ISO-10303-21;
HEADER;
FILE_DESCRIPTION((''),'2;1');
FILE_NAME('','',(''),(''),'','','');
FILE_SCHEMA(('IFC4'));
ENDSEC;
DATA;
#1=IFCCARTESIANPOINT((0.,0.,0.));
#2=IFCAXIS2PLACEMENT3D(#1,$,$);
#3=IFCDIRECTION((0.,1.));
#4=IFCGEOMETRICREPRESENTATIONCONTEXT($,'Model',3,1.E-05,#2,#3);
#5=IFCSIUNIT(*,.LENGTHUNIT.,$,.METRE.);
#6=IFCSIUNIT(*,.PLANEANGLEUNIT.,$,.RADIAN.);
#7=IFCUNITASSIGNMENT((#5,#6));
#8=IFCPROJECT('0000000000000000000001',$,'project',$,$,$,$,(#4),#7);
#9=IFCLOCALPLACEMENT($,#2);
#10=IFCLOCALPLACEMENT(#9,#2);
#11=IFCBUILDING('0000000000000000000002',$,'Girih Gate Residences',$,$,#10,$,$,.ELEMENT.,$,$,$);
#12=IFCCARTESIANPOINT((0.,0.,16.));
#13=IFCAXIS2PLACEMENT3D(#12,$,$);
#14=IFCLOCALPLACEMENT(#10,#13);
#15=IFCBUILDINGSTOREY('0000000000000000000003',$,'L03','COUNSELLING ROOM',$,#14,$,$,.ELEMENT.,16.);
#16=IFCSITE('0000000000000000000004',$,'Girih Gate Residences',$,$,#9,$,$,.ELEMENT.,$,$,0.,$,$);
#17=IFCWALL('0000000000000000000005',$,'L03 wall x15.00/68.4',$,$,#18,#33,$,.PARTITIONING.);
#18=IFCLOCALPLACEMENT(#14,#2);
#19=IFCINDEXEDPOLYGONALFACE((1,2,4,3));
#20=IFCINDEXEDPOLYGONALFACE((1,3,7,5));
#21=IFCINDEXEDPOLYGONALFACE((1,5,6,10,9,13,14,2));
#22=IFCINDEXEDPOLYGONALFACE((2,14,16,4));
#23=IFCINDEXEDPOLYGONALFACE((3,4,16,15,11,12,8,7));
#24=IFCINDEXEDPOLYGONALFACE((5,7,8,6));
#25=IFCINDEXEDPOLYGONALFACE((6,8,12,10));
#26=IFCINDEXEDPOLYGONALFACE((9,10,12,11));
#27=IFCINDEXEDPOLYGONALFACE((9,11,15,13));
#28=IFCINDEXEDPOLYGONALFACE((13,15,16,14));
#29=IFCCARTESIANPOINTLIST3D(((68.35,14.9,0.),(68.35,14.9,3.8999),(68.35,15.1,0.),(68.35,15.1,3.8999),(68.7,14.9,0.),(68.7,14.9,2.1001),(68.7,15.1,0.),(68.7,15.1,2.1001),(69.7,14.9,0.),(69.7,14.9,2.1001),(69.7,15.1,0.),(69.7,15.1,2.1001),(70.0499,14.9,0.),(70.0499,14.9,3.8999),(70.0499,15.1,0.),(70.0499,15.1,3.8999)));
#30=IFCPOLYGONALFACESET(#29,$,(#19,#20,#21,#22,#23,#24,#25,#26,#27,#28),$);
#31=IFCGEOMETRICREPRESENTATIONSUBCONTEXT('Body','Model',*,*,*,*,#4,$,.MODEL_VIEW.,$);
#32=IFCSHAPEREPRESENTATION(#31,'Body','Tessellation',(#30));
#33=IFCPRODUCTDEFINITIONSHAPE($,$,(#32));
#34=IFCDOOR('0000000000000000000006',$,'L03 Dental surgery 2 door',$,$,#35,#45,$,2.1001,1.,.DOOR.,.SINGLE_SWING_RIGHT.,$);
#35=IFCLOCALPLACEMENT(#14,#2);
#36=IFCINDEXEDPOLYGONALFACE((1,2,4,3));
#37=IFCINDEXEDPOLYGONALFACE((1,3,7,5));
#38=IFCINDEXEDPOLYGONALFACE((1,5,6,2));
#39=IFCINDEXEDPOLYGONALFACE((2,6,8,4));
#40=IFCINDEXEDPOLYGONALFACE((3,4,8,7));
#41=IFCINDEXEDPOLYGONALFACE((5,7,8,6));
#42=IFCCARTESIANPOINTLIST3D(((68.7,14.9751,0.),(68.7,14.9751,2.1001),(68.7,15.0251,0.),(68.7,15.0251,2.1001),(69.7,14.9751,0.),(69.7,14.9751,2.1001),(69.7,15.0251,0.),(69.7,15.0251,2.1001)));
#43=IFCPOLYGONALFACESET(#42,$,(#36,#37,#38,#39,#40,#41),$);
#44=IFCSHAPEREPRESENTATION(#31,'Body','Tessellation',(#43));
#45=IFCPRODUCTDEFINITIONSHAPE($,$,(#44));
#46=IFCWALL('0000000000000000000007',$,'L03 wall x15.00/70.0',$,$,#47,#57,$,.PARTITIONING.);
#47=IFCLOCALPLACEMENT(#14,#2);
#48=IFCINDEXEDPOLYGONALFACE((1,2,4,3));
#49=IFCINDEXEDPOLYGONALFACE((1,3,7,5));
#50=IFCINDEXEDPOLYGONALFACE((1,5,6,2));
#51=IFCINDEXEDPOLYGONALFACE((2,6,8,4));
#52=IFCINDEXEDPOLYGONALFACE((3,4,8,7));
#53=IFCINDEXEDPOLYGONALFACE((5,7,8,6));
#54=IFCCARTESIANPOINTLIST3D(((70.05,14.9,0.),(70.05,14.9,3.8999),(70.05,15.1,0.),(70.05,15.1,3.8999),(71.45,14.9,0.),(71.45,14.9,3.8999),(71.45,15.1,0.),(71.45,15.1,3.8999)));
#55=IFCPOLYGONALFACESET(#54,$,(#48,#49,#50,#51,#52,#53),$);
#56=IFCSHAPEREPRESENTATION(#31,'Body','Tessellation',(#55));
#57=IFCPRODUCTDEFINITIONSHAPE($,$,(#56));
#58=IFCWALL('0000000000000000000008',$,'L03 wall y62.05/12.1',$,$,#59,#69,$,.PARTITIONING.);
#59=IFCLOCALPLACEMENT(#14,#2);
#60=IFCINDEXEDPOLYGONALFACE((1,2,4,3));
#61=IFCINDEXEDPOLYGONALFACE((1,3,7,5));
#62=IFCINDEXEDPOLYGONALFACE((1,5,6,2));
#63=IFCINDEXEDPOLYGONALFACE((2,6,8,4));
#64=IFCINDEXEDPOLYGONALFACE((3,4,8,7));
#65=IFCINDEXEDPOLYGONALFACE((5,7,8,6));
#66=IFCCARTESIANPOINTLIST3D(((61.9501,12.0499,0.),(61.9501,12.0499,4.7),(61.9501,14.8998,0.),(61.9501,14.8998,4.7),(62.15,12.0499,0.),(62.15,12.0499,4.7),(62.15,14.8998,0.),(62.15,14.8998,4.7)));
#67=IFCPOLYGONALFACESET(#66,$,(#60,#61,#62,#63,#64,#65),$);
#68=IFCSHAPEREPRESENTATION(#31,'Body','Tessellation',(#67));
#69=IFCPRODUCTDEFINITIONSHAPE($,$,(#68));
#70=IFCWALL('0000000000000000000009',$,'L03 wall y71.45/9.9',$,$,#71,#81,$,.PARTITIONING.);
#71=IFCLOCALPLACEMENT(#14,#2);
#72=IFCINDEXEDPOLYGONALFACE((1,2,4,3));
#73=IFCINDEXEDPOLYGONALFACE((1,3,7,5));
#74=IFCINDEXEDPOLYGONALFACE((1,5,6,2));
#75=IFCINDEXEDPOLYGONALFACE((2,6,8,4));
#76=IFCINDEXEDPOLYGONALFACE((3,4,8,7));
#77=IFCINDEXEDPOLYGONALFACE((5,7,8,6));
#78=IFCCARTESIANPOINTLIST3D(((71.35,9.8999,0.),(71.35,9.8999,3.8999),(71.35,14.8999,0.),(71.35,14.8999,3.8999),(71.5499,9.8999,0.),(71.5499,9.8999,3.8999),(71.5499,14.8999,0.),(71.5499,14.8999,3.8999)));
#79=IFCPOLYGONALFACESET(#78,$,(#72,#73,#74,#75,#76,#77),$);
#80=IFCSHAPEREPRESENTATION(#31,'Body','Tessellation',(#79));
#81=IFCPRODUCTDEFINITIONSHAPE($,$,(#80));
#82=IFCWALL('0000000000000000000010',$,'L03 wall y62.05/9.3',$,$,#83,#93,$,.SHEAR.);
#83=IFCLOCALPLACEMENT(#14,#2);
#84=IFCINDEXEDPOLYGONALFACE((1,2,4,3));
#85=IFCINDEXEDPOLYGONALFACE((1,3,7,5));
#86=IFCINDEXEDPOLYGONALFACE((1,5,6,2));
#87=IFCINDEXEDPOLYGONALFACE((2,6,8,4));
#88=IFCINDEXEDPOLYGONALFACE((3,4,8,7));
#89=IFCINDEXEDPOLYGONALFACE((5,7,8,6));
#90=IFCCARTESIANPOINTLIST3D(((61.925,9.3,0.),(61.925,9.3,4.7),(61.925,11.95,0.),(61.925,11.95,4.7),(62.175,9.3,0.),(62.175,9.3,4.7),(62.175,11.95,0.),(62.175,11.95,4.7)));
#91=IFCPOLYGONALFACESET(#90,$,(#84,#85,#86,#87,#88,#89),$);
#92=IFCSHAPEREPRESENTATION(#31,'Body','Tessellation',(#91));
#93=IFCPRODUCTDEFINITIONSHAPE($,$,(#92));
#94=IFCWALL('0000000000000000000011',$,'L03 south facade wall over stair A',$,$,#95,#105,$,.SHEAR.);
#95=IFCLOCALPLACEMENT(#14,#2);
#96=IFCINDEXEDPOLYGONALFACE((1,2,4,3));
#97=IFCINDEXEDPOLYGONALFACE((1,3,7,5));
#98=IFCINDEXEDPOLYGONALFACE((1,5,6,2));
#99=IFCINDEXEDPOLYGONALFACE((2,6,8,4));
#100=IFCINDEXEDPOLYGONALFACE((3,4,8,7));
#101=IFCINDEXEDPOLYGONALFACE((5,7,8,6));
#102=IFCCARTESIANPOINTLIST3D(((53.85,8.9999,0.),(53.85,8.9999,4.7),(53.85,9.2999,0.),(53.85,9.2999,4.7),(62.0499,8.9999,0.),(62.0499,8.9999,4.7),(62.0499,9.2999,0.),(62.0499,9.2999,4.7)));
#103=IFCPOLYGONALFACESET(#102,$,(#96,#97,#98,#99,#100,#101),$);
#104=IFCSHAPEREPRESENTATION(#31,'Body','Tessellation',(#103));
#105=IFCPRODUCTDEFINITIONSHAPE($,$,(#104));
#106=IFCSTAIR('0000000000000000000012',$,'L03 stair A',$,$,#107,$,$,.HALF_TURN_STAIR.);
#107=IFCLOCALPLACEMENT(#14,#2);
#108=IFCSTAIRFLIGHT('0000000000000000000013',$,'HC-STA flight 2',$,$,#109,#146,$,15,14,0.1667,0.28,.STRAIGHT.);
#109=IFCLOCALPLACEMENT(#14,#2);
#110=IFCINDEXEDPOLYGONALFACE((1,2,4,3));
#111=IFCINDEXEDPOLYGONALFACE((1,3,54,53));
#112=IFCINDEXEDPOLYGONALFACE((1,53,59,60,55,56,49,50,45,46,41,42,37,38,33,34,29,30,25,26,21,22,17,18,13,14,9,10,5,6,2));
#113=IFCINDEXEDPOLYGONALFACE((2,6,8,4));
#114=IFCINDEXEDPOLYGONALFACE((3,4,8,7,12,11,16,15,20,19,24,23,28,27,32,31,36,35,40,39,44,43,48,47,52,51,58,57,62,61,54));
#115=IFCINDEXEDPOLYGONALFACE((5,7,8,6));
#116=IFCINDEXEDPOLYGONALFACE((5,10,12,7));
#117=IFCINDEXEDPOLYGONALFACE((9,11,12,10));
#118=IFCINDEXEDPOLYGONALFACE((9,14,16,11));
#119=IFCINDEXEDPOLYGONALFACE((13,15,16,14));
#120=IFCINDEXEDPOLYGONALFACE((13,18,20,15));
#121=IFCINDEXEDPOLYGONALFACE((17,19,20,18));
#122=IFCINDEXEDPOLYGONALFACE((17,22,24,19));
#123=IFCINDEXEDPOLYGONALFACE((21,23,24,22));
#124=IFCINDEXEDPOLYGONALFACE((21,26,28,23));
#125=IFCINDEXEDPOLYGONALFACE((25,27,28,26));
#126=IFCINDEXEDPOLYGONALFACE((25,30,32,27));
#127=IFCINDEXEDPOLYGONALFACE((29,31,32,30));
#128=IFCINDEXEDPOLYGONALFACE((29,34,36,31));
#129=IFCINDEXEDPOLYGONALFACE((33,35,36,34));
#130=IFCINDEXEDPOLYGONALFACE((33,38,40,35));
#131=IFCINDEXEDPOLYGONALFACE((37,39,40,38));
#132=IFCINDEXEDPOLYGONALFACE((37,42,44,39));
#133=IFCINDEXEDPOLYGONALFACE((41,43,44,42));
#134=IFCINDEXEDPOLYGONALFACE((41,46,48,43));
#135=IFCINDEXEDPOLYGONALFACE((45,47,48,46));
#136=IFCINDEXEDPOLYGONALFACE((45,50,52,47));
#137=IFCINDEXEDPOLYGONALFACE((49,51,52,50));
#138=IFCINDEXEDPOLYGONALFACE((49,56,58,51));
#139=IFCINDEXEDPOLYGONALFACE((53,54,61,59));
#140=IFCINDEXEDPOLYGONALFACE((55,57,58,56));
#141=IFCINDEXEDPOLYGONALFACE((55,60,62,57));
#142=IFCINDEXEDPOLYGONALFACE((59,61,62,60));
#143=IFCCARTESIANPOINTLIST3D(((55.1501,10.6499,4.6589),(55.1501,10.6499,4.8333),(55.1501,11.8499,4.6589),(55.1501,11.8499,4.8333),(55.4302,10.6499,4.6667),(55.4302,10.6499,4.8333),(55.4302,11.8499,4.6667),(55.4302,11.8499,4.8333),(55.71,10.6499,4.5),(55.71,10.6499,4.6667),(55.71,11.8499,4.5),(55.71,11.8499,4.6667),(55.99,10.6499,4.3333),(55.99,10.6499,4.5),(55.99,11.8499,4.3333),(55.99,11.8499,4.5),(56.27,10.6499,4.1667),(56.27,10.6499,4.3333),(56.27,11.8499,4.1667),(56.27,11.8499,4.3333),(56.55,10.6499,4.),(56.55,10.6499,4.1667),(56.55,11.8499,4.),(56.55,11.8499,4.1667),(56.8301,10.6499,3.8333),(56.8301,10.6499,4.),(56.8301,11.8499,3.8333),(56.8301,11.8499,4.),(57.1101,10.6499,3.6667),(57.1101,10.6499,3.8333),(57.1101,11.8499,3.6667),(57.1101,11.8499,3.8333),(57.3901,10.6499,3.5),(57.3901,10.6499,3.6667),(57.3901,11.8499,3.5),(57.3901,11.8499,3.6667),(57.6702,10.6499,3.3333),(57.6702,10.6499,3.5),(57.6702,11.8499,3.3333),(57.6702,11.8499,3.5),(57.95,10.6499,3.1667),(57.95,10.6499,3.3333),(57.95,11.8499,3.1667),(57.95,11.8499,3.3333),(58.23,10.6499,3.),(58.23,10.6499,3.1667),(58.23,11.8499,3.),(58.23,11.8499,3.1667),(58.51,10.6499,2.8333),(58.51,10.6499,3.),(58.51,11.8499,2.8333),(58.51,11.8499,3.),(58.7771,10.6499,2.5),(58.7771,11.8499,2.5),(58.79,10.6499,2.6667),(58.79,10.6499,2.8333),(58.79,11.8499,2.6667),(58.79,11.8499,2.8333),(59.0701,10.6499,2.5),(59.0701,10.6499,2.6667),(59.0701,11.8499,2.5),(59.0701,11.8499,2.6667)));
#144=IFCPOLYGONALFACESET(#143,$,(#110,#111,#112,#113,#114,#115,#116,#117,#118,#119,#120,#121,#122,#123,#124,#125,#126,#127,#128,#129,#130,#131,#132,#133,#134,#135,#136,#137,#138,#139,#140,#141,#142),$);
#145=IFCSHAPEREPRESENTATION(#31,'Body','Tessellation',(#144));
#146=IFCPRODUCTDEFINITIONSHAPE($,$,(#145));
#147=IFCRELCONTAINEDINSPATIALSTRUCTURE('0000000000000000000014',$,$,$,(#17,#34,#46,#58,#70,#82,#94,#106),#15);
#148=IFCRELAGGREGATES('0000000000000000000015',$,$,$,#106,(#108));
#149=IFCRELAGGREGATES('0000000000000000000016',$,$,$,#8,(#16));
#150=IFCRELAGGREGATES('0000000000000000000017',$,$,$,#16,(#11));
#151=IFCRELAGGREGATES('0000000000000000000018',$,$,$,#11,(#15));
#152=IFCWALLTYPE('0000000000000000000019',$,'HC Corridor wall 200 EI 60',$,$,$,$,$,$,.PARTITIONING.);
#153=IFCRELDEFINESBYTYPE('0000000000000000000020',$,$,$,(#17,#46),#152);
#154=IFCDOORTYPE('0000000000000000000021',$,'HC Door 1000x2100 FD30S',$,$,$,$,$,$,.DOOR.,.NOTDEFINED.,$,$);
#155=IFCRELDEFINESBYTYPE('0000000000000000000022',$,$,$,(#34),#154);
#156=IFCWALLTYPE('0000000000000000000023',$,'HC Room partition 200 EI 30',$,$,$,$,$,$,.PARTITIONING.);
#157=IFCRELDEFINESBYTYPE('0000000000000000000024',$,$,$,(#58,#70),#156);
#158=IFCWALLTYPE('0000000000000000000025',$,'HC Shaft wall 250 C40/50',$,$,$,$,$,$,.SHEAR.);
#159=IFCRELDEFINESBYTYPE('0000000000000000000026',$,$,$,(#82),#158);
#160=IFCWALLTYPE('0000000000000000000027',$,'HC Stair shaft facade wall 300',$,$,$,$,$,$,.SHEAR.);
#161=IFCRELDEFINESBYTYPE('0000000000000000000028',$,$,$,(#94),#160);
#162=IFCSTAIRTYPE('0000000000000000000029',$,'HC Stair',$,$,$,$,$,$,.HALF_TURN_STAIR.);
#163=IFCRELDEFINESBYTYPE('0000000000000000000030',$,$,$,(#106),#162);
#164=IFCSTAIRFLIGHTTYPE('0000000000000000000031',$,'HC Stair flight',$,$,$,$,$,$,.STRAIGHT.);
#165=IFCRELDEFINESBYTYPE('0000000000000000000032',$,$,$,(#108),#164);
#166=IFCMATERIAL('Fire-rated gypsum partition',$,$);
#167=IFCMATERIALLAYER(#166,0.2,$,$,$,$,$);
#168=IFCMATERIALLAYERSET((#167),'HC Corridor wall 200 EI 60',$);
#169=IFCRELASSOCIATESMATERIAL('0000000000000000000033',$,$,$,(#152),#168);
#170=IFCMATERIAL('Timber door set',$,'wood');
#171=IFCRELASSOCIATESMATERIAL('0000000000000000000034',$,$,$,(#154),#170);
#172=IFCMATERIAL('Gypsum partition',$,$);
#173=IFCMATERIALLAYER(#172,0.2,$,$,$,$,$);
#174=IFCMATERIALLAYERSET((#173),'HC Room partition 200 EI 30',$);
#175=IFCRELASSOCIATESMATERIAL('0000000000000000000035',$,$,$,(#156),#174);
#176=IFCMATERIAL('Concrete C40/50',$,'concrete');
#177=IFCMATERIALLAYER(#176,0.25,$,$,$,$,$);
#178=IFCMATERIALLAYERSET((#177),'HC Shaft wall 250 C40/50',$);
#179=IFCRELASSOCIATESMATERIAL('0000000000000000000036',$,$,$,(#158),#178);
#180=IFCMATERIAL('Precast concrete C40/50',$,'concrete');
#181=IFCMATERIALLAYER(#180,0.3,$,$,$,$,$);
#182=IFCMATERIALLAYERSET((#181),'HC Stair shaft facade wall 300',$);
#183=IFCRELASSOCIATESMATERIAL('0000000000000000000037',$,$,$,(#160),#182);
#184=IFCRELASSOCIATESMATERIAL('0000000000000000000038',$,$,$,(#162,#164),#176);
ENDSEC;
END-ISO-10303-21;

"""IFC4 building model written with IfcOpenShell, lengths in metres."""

from ifc_helpers import new_model, si_unit, direction, frame, frame_2d, origin, place, context, subcontext, project, spatial, polyline, rectangle, outline, extrude, material, layer, layer_set, type_object, element, fill, aggregate, save


model = new_model("IFC4")

# Units and contexts
model_context = context("Model", 3, precision=1e-05, world=origin(), true_north=direction((0.0, 1.0)))
body_context = subcontext(model_context, "Body", "Model", "MODEL_VIEW")
ifc_project = project(units=[si_unit("LENGTHUNIT", "METRE"), si_unit("PLANEANGLEUNIT", "RADIAN")], contexts=[model_context])

# Site, building, storey
site_placement = place(None, origin())
site = spatial("IfcSite", under=ifc_project, at=site_placement, Name="Girih Gate Residences", CompositionType="ELEMENT", RefElevation=0.0)
building_placement = place(site_placement, origin())
building = spatial("IfcBuilding", under=site, at=building_placement, Name="Girih Gate Residences", CompositionType="ELEMENT")
storey_placement = place(building_placement, frame((0.0, 0.0, 16.0)))
storey = spatial("IfcBuildingStorey", under=building, at=storey_placement, Name="L03", Description="COUNSELLING ROOM", CompositionType="ELEMENT", Elevation=16.0)

# Shared definitions
ifc_material_1 = material(Name="Concrete C40/50", Category="concrete")

# Shared definitions
ifc_material_2 = material(Name="Fire-rated gypsum partition")
ifc_layer_1 = layer(ifc_material_2, 0.2)
ifc_layer_set_1 = layer_set([ifc_layer_1], Name="HC Corridor wall 200 EI 60")
wall_type_1 = type_object("IfcWallType", Name="HC Corridor wall 200 EI 60", PredefinedType="PARTITIONING", material=ifc_layer_set_1)
ifc_material_3 = material(Name="Timber door set", Category="wood")
door_type = type_object("IfcDoorType", Name="HC Door 1000x2100 FD30S", OperationType="NOTDEFINED", PredefinedType="DOOR", material=ifc_material_3)

# Wall, opening, door
wall_1_placement = place(storey_placement, frame((70.05, 15.0, 0.0), z_axis=(0.0, 0.0, 1.0), x_axis=(-1.0, 0.0, 0.0)))
wall_1 = element("IfcWall", 1, at=wall_1_placement, inside=storey, type_object=wall_type_1, Name="L03 wall x15.00/68.4", PredefinedType="PARTITIONING", context=body_context, shape_type="SweptSolid", body=[
    extrude(rectangle(XDim=1.7, YDim=0.2, at=frame_2d((0.8501, 0.0))), origin(), (0.0, 0.0, 1.0), 3.8999),
])
opening_1_placement = place(wall_1_placement, frame((0.3501, 0.0, 0.0)))
opening_1 = element("IfcOpeningElement", 2, at=opening_1_placement, cuts=wall_1, PredefinedType="OPENING", context=body_context, shape_type="SweptSolid", body=[
    extrude(rectangle(XDim=1.0, YDim=2.1001, at=frame_2d((0.5, 1.05))), frame((0.0, 0.1099, 0.0), z_axis=(0.0, -1.0, 0.0), x_axis=(1.0, 0.0, 0.0)), (0.0, 0.0, 1.0), 0.22),
])
door_1_placement = place(opening_1_placement, origin())
door_1 = element("IfcDoor", 3, at=door_1_placement, inside=storey, type_object=door_type, Name="L03 Dental surgery 2 door", OperationType="SINGLE_SWING_RIGHT", OverallHeight=2.1001, OverallWidth=1.0, PredefinedType="DOOR", context=body_context, shape_type="SweptSolid", body=[
    extrude(rectangle(XDim=1.0, YDim=2.1001, at=frame_2d((0.5, 1.05))), frame((0.0, 0.0249, 0.0), z_axis=(0.0, -1.0, 0.0), x_axis=(1.0, 0.0, 0.0)), (0.0, 0.0, 1.0), 0.05),
])
fill(opening_1, door_1)

# Walls
wall_2_placement = place(storey_placement, frame((70.05, 15.0, 0.0), z_axis=(0.0, 0.0, 1.0), x_axis=(1.0, 0.0, 0.0)))
element("IfcWall", 4, at=wall_2_placement, inside=storey, type_object=wall_type_1, Name="L03 wall x15.00/70.0", PredefinedType="PARTITIONING", context=body_context, shape_type="SweptSolid", body=[
    extrude(rectangle(XDim=1.3999, YDim=0.2, at=frame_2d((0.7, 0.0))), origin(), (0.0, 0.0, 1.0), 3.8999),
])
ifc_material_4 = material(Name="Gypsum partition")
ifc_layer_2 = layer(ifc_material_4, 0.2)
ifc_layer_set_2 = layer_set([ifc_layer_2], Name="HC Room partition 200 EI 30")
wall_type_2 = type_object("IfcWallType", Name="HC Room partition 200 EI 30", PredefinedType="PARTITIONING", material=ifc_layer_set_2)
wall_3_placement = place(storey_placement, frame((62.05, 12.05, 0.0), z_axis=(0.0, 0.0, 1.0), x_axis=(0.0, 1.0, 0.0)))
element("IfcWall", 5, at=wall_3_placement, inside=storey, type_object=wall_type_2, Name="L03 wall y62.05/12.1", PredefinedType="PARTITIONING", context=body_context, shape_type="SweptSolid", body=[
    extrude(rectangle(XDim=2.8499, YDim=0.2, at=frame_2d((1.4248, 0.0))), origin(), (0.0, 0.0, 1.0), 4.7),
])
wall_4_placement = place(storey_placement, frame((71.45, 9.8999, 0.0), z_axis=(0.0, 0.0, 1.0), x_axis=(0.0, 1.0, 0.0)))
element("IfcWall", 6, at=wall_4_placement, inside=storey, type_object=wall_type_2, Name="L03 wall y71.45/9.9", PredefinedType="PARTITIONING", context=body_context, shape_type="SweptSolid", body=[
    extrude(rectangle(XDim=5.0, YDim=0.2, at=frame_2d((2.5, 0.0))), origin(), (0.0, 0.0, 1.0), 3.8999),
])
ifc_layer_3 = layer(ifc_material_1, 0.25)
ifc_layer_set_3 = layer_set([ifc_layer_3], Name="HC Shaft wall 250 C40/50")
wall_type_3 = type_object("IfcWallType", Name="HC Shaft wall 250 C40/50", PredefinedType="SHEAR", material=ifc_layer_set_3)
wall_5_placement = place(storey_placement, frame((62.05, 9.3, 0.0), z_axis=(0.0, 0.0, 1.0), x_axis=(0.0, 1.0, 0.0)))
element("IfcWall", 7, at=wall_5_placement, inside=storey, type_object=wall_type_3, Name="L03 wall y62.05/9.3", PredefinedType="SHEAR", context=body_context, shape_type="SweptSolid", body=[
    extrude(rectangle(XDim=2.6499, YDim=0.25, at=frame_2d((1.325, 0.0))), origin(), (0.0, 0.0, 1.0), 4.7),
])
ifc_material_5 = material(Name="Precast concrete C40/50", Category="concrete")
ifc_layer_4 = layer(ifc_material_5, 0.3)
ifc_layer_set_4 = layer_set([ifc_layer_4], Name="HC Stair shaft facade wall 300")
wall_type_4 = type_object("IfcWallType", Name="HC Stair shaft facade wall 300", PredefinedType="SHEAR", material=ifc_layer_set_4)
wall_6_placement = place(storey_placement, frame((62.05, 9.1499, 0.0), z_axis=(0.0, 0.0, 1.0), x_axis=(-1.0, 0.0, 0.0)))
element("IfcWall", 8, at=wall_6_placement, inside=storey, type_object=wall_type_4, Name="L03 south facade wall over stair A", PredefinedType="SHEAR", context=body_context, shape_type="SweptSolid", body=[
    extrude(rectangle(XDim=8.2, YDim=0.3, at=frame_2d((4.1001, 0.0))), origin(), (0.0, 0.0, 1.0), 4.7),
])

# Stair, stair flight
stair_type = type_object("IfcStairType", Name="HC Stair", PredefinedType="HALF_TURN_STAIR", material=ifc_material_1)
stair_placement = place(storey_placement, origin())
stair = element("IfcStair", 9, at=stair_placement, inside=storey, type_object=stair_type, Name="L03 stair A", PredefinedType="HALF_TURN_STAIR")
stair_flight_type = type_object("IfcStairFlightType", Name="HC Stair flight", PredefinedType="STRAIGHT", material=ifc_material_1)
stair_flight_placement = place(storey_placement, frame((59.0701, 11.25, 2.5), z_axis=(0.0, 0.0, 1.0), x_axis=(-1.0, 0.0, 0.0)))
stair_flight = element("IfcStairFlight", 10, at=stair_flight_placement, type_object=stair_flight_type, Name="HC-STA flight 2", NumberOfRisers=15, NumberOfTreads=14, PredefinedType="STRAIGHT", RiserHeight=0.1667, TreadLength=0.28, context=body_context, shape_type="SweptSolid", body=[
    extrude(outline(polyline([(0.0, 0.0), (0.0, 0.1667), (0.28, 0.1667), (0.28, 0.3333), (0.5601, 0.3333), (0.5601, 0.5), (0.8401, 0.5), (0.8401, 0.6667), (1.1201, 0.6667), (1.1201, 0.8333), (1.3999, 0.8333), (1.3999, 1.0), (1.6799, 1.0), (1.6799, 1.1667), (1.96, 1.1667), (1.96, 1.3333), (2.24, 1.3333), (2.24, 1.5), (2.52, 1.5), (2.52, 1.6667), (2.8, 1.6667), (2.8, 1.8333), (3.0801, 1.8333), (3.0801, 2.0), (3.3601, 2.0), (3.3601, 2.1667), (3.6399, 2.1667), (3.6399, 2.3333), (3.9199, 2.3333), (3.9199, 2.5), (3.9199, 2.1589), (0.293, 0.0), (0.0, 0.0)])), frame((0.0, 0.6001, 0.0), z_axis=(0.0, -1.0, 0.0), x_axis=(1.0, 0.0, 0.0)), (0.0, 0.0, 1.0), 1.2),
])
aggregate(stair, [stair_flight])

save(model, "model.ifc")
